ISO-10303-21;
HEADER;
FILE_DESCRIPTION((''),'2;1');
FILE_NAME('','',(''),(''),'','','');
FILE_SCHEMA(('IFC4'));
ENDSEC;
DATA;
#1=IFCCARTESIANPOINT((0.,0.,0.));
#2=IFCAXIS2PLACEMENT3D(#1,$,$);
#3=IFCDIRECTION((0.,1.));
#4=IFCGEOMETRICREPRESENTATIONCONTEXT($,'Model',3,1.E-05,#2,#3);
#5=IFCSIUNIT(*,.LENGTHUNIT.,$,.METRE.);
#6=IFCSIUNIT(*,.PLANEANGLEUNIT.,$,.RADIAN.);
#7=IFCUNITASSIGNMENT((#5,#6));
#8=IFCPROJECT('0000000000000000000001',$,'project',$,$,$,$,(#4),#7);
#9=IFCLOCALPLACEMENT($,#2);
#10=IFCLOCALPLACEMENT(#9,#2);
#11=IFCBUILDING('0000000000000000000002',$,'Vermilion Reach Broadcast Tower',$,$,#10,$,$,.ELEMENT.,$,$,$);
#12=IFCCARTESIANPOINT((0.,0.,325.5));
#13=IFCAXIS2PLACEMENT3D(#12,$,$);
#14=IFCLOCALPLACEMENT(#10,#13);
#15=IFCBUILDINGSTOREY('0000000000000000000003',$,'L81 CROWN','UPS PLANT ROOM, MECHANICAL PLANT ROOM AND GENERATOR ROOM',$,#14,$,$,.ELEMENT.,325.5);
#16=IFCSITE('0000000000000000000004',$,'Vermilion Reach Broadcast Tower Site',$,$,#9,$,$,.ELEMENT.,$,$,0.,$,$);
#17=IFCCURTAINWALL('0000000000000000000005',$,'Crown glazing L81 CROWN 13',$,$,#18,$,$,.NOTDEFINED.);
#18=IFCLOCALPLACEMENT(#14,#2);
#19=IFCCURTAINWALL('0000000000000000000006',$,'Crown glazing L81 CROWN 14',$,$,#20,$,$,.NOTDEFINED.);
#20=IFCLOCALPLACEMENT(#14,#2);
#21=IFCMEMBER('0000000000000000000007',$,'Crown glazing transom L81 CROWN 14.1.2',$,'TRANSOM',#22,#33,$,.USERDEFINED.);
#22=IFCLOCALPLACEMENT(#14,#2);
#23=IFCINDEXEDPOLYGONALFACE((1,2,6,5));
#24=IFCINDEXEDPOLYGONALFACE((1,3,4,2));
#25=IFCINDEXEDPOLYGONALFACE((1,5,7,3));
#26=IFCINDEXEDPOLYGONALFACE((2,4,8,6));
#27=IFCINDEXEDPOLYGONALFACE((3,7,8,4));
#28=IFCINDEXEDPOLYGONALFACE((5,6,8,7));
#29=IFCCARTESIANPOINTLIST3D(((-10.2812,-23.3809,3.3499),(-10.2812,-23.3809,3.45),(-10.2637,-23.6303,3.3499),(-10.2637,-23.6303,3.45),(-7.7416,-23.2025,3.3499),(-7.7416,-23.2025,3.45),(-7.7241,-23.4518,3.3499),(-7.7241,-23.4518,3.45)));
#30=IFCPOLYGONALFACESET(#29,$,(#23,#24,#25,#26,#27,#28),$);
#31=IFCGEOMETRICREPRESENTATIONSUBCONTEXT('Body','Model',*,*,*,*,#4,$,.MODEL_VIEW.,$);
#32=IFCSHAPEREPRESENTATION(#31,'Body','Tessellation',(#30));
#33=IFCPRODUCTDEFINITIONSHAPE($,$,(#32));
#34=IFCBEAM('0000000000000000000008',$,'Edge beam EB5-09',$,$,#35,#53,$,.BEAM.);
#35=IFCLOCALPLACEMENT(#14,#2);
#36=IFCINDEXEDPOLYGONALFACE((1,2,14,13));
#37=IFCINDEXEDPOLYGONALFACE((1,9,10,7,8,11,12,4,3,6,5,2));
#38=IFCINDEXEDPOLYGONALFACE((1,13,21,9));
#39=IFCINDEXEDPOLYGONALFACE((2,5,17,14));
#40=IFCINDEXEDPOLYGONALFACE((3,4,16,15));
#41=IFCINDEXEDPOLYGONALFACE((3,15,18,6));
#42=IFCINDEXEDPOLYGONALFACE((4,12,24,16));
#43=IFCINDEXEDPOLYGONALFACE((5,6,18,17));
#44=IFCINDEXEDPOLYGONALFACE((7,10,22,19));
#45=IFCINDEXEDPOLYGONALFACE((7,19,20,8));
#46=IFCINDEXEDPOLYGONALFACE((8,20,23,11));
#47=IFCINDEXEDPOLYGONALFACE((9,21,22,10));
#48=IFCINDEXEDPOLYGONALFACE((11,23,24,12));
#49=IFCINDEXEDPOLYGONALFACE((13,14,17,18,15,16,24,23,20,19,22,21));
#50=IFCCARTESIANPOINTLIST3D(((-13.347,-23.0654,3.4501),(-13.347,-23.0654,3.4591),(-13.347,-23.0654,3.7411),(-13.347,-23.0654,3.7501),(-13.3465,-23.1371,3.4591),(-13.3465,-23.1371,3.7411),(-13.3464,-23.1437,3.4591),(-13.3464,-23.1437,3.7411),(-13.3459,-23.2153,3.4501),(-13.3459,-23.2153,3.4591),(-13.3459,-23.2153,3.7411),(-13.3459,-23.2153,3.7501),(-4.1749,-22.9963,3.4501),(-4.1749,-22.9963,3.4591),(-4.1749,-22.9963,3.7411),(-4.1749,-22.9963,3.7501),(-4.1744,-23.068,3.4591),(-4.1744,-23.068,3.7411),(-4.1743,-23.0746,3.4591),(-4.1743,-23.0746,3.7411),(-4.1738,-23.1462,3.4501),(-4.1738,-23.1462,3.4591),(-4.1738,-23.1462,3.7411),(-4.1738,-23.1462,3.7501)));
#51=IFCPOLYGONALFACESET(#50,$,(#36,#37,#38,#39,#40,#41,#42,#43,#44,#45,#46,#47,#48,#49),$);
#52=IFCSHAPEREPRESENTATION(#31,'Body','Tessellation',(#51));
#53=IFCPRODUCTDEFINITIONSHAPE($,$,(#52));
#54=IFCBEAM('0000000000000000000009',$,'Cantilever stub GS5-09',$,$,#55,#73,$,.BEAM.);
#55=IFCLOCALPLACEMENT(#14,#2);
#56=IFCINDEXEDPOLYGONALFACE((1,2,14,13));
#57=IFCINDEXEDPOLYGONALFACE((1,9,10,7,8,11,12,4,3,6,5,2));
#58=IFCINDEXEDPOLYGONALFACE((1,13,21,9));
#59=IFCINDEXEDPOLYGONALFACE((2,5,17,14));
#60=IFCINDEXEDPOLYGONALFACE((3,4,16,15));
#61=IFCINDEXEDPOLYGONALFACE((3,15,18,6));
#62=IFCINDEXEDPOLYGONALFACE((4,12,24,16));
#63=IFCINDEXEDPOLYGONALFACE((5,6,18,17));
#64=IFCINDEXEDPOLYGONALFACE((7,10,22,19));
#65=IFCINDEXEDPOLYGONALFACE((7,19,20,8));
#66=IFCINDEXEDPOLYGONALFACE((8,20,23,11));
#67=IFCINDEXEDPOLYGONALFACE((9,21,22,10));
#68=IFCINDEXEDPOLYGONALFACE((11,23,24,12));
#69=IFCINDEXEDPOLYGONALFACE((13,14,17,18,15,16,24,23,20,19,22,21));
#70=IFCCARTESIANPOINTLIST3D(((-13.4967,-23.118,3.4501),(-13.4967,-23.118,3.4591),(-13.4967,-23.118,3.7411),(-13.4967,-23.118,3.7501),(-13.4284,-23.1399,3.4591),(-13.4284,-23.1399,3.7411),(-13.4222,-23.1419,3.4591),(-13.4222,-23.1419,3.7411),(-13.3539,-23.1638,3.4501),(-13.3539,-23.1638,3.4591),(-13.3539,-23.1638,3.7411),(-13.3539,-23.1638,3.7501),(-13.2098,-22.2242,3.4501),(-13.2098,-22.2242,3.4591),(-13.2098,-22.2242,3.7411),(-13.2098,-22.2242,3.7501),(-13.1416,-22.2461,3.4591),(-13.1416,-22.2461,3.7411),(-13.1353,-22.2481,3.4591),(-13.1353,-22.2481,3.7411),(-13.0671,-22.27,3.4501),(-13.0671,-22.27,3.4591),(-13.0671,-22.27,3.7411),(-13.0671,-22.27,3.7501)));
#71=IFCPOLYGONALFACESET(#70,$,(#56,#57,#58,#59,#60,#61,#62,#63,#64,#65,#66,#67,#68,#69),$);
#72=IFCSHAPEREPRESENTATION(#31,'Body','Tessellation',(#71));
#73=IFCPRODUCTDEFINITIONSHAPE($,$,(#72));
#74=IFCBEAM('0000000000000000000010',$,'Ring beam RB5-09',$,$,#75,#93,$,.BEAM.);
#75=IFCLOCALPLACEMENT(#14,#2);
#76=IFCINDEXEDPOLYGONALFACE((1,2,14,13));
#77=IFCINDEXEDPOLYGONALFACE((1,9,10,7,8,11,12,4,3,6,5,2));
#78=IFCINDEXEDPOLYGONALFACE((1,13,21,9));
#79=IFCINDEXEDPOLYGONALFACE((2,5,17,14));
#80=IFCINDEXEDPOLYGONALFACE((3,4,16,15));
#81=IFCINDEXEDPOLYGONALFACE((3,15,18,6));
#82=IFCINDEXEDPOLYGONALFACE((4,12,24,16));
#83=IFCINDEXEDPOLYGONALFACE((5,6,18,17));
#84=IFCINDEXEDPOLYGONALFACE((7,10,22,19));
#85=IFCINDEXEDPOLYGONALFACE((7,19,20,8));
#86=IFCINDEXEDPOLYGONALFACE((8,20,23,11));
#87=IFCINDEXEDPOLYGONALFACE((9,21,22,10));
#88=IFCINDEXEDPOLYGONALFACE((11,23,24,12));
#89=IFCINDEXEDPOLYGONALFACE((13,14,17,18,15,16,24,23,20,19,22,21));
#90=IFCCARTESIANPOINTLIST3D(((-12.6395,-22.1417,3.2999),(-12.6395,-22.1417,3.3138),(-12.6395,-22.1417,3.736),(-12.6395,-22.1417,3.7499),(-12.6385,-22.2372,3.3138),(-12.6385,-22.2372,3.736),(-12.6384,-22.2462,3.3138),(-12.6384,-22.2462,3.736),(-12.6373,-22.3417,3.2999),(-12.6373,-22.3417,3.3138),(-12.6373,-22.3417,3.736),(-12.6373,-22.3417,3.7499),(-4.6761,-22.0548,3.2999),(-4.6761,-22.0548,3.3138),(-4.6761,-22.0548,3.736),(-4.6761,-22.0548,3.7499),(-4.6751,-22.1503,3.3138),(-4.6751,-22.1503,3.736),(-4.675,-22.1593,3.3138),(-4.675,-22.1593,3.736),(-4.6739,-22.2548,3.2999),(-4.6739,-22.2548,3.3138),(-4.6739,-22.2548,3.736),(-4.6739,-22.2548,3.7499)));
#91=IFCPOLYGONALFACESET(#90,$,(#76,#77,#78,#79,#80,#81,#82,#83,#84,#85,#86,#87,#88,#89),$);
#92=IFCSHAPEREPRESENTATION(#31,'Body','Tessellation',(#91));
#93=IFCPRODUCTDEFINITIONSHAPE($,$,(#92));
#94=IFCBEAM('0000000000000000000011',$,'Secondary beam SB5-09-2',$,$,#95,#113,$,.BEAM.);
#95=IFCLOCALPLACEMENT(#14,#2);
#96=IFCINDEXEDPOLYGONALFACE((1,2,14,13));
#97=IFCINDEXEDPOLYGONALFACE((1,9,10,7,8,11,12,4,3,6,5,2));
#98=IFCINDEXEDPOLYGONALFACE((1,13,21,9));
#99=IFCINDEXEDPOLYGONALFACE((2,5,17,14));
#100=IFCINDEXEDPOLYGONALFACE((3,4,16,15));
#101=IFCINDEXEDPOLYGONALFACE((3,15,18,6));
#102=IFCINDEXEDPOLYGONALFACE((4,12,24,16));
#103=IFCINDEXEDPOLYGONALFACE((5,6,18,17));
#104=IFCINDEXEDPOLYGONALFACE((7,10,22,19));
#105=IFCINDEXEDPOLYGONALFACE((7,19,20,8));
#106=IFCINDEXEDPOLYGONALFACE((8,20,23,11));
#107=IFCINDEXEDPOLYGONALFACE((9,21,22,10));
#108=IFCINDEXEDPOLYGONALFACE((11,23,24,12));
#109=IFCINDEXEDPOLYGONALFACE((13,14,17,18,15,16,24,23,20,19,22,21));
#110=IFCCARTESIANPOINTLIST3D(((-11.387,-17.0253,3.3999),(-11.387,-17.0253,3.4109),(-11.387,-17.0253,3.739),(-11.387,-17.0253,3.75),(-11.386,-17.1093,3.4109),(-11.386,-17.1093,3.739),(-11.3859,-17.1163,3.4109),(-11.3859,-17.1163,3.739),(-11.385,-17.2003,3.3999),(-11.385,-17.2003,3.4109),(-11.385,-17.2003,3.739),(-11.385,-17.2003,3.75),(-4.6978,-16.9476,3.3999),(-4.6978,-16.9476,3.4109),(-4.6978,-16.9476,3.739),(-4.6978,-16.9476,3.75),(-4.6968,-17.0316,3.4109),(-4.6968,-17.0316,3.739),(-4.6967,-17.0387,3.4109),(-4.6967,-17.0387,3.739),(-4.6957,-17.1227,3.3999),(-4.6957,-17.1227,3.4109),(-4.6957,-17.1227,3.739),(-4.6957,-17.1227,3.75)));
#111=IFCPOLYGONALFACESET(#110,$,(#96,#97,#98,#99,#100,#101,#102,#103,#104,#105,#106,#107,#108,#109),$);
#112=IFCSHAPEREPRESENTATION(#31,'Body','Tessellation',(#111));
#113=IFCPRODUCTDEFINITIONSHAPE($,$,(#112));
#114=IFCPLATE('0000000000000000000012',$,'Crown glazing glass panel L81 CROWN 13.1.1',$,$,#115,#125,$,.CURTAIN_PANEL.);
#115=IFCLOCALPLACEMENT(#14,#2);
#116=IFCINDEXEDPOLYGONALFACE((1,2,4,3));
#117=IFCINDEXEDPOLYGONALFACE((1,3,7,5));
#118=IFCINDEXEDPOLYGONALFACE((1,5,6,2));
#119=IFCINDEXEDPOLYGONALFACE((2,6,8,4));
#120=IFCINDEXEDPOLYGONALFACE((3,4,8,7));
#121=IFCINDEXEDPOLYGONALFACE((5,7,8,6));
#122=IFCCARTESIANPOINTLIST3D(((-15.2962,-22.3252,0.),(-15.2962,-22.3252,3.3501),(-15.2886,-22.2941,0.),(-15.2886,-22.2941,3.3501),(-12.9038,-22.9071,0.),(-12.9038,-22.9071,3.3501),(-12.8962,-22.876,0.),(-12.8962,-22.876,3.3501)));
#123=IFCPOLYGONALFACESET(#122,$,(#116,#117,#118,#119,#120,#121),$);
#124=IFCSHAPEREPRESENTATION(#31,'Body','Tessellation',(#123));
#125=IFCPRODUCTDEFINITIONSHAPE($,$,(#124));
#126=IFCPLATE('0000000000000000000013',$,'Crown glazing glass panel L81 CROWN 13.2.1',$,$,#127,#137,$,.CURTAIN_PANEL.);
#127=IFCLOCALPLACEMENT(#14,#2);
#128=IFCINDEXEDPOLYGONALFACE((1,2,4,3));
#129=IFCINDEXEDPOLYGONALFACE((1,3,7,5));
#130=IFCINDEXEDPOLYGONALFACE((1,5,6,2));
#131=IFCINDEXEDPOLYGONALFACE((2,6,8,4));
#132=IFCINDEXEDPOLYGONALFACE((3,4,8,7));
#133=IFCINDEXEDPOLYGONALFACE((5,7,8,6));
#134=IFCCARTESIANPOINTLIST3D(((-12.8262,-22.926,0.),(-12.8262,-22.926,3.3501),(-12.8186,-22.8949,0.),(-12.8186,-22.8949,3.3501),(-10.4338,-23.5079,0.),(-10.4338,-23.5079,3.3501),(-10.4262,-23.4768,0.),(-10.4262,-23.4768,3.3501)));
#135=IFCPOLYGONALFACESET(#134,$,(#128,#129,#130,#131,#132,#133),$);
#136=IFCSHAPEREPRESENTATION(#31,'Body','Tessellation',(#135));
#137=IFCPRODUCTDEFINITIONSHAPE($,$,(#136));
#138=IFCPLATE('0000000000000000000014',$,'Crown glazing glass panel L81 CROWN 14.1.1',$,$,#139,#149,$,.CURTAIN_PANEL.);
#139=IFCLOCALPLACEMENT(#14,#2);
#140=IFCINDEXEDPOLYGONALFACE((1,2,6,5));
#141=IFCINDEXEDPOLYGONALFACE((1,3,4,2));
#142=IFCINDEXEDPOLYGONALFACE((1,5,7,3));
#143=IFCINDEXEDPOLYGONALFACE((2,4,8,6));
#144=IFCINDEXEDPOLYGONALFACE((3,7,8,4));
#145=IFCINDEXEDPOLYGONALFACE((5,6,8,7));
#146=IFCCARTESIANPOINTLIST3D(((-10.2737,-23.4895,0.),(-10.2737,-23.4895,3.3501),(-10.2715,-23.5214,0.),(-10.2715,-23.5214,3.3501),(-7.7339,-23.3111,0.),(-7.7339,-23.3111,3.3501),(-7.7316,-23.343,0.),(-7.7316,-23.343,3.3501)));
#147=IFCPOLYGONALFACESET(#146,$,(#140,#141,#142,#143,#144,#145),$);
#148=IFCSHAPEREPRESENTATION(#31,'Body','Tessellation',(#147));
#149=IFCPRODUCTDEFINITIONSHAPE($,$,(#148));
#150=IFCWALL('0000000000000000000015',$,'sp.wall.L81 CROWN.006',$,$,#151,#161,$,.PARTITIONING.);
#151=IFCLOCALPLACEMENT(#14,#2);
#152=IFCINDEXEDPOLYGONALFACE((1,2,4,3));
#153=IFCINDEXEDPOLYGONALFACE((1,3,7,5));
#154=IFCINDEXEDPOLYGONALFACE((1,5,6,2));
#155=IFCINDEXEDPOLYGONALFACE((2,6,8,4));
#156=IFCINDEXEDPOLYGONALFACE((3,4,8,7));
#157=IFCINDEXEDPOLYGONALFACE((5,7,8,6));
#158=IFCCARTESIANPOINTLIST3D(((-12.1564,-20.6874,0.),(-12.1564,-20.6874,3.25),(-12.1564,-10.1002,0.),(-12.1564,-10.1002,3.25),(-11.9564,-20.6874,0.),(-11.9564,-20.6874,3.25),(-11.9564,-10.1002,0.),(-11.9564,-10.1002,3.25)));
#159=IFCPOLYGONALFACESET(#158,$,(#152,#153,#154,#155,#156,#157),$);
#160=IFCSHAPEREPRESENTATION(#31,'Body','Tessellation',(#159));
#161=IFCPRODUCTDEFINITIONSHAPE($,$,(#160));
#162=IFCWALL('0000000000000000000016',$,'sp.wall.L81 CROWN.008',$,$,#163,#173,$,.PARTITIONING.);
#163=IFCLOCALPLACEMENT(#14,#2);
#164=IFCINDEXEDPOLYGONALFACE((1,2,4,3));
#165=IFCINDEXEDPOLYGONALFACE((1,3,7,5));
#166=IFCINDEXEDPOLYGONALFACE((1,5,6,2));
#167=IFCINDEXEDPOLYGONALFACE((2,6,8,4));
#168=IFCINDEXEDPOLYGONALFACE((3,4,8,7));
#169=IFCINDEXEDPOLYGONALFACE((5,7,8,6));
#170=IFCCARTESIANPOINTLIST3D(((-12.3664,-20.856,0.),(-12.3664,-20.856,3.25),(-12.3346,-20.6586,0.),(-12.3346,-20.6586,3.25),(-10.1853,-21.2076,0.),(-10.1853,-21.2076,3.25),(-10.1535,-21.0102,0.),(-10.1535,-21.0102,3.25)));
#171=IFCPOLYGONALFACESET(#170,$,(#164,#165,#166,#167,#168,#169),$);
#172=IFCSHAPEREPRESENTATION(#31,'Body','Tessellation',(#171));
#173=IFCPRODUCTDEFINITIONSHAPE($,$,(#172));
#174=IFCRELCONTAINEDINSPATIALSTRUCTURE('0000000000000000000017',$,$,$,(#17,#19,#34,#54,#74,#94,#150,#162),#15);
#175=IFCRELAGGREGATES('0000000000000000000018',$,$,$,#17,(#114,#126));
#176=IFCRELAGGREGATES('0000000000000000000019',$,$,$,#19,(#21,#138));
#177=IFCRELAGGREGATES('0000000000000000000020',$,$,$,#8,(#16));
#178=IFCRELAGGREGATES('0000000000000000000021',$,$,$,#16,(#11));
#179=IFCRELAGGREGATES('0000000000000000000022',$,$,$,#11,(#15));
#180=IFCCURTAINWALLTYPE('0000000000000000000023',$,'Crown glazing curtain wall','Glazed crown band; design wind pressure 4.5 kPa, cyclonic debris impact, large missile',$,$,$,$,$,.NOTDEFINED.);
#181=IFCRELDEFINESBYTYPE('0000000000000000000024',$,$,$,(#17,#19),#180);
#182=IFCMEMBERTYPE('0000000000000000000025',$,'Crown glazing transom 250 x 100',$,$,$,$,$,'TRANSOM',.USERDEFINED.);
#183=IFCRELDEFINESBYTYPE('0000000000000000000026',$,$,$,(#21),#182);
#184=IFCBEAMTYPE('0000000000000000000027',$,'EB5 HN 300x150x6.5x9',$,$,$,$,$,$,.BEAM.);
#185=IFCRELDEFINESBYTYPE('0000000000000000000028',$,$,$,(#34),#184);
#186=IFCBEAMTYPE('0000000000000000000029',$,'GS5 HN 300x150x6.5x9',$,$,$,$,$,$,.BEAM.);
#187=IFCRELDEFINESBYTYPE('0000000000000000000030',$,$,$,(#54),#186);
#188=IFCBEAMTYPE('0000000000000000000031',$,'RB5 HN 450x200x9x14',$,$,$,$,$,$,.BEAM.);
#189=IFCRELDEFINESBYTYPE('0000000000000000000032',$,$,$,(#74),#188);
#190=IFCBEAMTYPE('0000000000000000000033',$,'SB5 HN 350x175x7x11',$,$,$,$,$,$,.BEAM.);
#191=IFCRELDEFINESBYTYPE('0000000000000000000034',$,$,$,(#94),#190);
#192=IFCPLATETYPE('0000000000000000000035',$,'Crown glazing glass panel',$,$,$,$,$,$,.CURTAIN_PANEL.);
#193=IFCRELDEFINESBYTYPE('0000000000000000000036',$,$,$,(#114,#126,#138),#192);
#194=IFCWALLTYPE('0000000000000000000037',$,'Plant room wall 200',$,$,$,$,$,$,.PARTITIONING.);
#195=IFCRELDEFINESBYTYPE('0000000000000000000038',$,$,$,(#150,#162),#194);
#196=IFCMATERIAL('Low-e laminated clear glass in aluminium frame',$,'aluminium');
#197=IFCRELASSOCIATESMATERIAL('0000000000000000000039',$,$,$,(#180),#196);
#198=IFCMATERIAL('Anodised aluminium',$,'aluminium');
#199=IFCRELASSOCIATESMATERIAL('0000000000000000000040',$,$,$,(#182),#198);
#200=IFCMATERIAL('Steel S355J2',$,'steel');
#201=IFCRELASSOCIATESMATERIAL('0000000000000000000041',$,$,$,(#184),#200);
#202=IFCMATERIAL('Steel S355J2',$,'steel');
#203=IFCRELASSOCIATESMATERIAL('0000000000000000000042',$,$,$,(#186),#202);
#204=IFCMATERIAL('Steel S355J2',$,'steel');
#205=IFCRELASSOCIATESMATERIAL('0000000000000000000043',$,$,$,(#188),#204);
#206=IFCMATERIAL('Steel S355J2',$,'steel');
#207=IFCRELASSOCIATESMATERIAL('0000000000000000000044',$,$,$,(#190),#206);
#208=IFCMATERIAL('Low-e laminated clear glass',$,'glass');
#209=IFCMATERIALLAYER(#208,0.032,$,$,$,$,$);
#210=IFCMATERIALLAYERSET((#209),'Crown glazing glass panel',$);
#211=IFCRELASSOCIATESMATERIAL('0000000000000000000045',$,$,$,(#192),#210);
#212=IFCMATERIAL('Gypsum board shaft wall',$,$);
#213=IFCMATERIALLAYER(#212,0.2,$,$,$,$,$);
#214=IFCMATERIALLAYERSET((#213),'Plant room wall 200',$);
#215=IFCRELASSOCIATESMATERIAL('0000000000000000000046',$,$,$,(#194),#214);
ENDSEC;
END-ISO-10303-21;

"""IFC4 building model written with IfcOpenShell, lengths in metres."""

from ifc_helpers import new_model, si_unit, direction, frame, frame_2d, origin, origin_2d, place, context, subcontext, project, spatial, rectangle, i_section, extrude, material, layer, layer_set, material_profile, profile_set, type_object, element, aggregate, save


model = new_model("IFC4")

# Units and contexts
model_context = context("Model", 3, precision=1e-05, world=origin(), true_north=direction((0.0, 1.0)))
body_context = subcontext(model_context, "Body", "Model", "MODEL_VIEW")
ifc_project = project(units=[si_unit("LENGTHUNIT", "METRE"), si_unit("PLANEANGLEUNIT", "RADIAN")], contexts=[model_context])

# Site, building, storey
site_placement = place(None, origin())
site = spatial("IfcSite", under=ifc_project, at=site_placement, Name="Vermilion Reach Broadcast Tower Site", CompositionType="ELEMENT", RefElevation=0.0)
building_placement = place(site_placement, origin())
building = spatial("IfcBuilding", under=site, at=building_placement, Name="Vermilion Reach Broadcast Tower", CompositionType="ELEMENT")
storey_placement = place(building_placement, frame((0.0, 0.0, 325.5)))
storey = spatial("IfcBuildingStorey", under=building, at=storey_placement, Name="L81 CROWN", Description="UPS PLANT ROOM, MECHANICAL PLANT ROOM AND GENERATOR ROOM", CompositionType="ELEMENT", Elevation=325.5)

# Shared definitions
ifc_material_1 = material(Name="Low-e laminated clear glass in aluminium frame", Category="aluminium")
curtain_wall_type = type_object("IfcCurtainWallType", Name="Crown glazing curtain wall", Description="Glazed crown band; design wind pressure 4.5 kPa, cyclonic debris impact, large missile", PredefinedType="NOTDEFINED", material=ifc_material_1)
placement = place(storey_placement, origin())

# Curtain walls
curtain_wall_1 = element("IfcCurtainWall", 1, at=placement, inside=storey, type_object=curtain_wall_type, Name="Crown glazing L81 CROWN 13", PredefinedType="NOTDEFINED")
curtain_wall_2 = element("IfcCurtainWall", 2, at=placement, inside=storey, type_object=curtain_wall_type, Name="Crown glazing L81 CROWN 14", PredefinedType="NOTDEFINED")

# Member
ifc_material_2 = material(Name="Anodised aluminium", Category="aluminium")
ifc_material_profile_1 = material_profile(ifc_material_2, rectangle(XDim=0.25, YDim=0.1001, at=origin_2d()), Name="Crown glazing transom 250 x 100")
ifc_profile_set_1 = profile_set([ifc_material_profile_1], Name="Anodised aluminium")
member_type_1 = type_object("IfcMemberType", Name="Crown glazing transom 250 x 100", ElementType="TRANSOM", PredefinedType="USERDEFINED", material=ifc_profile_set_1)
member_1_placement = place(storey_placement, frame((-10.2725, -23.5056, 3.3999), z_axis=(0.99754, 0.070102, 0.0), x_axis=(-0.070102, 0.99754, 0.0)))
member_1 = element("IfcMember", 3, at=member_1_placement, type_object=member_type_1, Name="Crown glazing transom L81 CROWN 14.1.2", ObjectType="TRANSOM", PredefinedType="USERDEFINED", context=body_context, shape_type="SweptSolid", body=[
    extrude(rectangle(XDim=0.25, YDim=0.1001, at=origin_2d()), origin(), (0.0, 0.0, 1.0), 2.5459),
])

# Beams
ifc_material_3 = material(Name="Steel S355J2", Category="steel")
ifc_material_profile_2 = material_profile(ifc_material_3, i_section(OverallWidth=0.1499, OverallDepth=0.3, WebThickness=0.0066, FlangeThickness=0.009, at=origin_2d()), Name="S355J2 HN 300x150x6.5x9")
ifc_profile_set_2 = profile_set([ifc_material_profile_2], Name="Steel S355J2")
beam_type_1 = type_object("IfcBeamType", Name="EB5 HN 300x150x6.5x9", PredefinedType="BEAM", material=ifc_profile_set_2)
beam_1_placement = place(storey_placement, frame((-13.3464, -23.1404, 3.6001), z_axis=(0.999972, 0.007533, 0.0), x_axis=(-0.007533, 0.999972, 0.0)))
element("IfcBeam", 4, at=beam_1_placement, inside=storey, type_object=beam_type_1, Name="Edge beam EB5-09", PredefinedType="BEAM", context=body_context, shape_type="SweptSolid", body=[
    extrude(i_section(OverallWidth=0.1499, OverallDepth=0.3, WebThickness=0.0066, FlangeThickness=0.009, at=origin_2d()), origin(), (0.0, 0.0, 1.0), 9.1724),
])
ifc_material_4 = material(Name="Steel S355J2", Category="steel")
ifc_material_profile_3 = material_profile(ifc_material_4, i_section(OverallWidth=0.1499, OverallDepth=0.3, WebThickness=0.0066, FlangeThickness=0.009, at=origin_2d()), Name="S355J2 HN 300x150x6.5x9")
ifc_profile_set_3 = profile_set([ifc_material_profile_3], Name="Steel S355J2")
beam_type_2 = type_object("IfcBeamType", Name="GS5 HN 300x150x6.5x9", PredefinedType="BEAM", material=ifc_profile_set_3)
beam_2_placement = place(storey_placement, frame((-13.1384, -22.2471, 3.6001), z_axis=(-0.305597, -0.952161, 0.0), x_axis=(0.952161, -0.305597, 0.0)))
element("IfcBeam", 5, at=beam_2_placement, inside=storey, type_object=beam_type_2, Name="Cantilever stub GS5-09", PredefinedType="BEAM", context=body_context, shape_type="SweptSolid", body=[
    extrude(i_section(OverallWidth=0.1499, OverallDepth=0.3, WebThickness=0.0066, FlangeThickness=0.009, at=origin_2d()), origin(), (0.0, 0.0, 1.0), 0.9387),
])
ifc_material_5 = material(Name="Steel S355J2", Category="steel")
ifc_material_profile_4 = material_profile(ifc_material_5, i_section(OverallWidth=0.2, OverallDepth=0.45, WebThickness=0.009, FlangeThickness=0.0139, at=origin_2d()), Name="S355J2 HN 450x200x9x14")
ifc_profile_set_4 = profile_set([ifc_material_profile_4], Name="Steel S355J2")
beam_type_3 = type_object("IfcBeamType", Name="RB5 HN 450x200x9x14", PredefinedType="BEAM", material=ifc_profile_set_4)
beam_3_placement = place(storey_placement, frame((-12.6384, -22.2417, 3.5249), z_axis=(0.99994, 0.010914, 0.0), x_axis=(-0.010914, 0.99994, 0.0)))
element("IfcBeam", 6, at=beam_3_placement, inside=storey, type_object=beam_type_3, Name="Ring beam RB5-09", PredefinedType="BEAM", context=body_context, shape_type="SweptSolid", body=[
    extrude(i_section(OverallWidth=0.2, OverallDepth=0.45, WebThickness=0.009, FlangeThickness=0.0139, at=origin_2d()), origin(), (0.0, 0.0, 1.0), 7.9639),
])
ifc_material_6 = material(Name="Steel S355J2", Category="steel")
ifc_material_profile_5 = material_profile(ifc_material_6, i_section(OverallWidth=0.175, OverallDepth=0.3501, WebThickness=0.0071, FlangeThickness=0.011, at=origin_2d()), Name="S355J2 HN 350x175x7x11")
ifc_profile_set_5 = profile_set([ifc_material_profile_5], Name="Steel S355J2")
beam_type_4 = type_object("IfcBeamType", Name="SB5 HN 350x175x7x11", PredefinedType="BEAM", material=ifc_profile_set_5)
beam_4_placement = place(storey_placement, frame((-11.386, -17.1128, 3.575), z_axis=(0.999933, 0.011605, 0.0), x_axis=(-0.011605, 0.999933, 0.0)))
element("IfcBeam", 7, at=beam_4_placement, inside=storey, type_object=beam_type_4, Name="Secondary beam SB5-09-2", PredefinedType="BEAM", context=body_context, shape_type="SweptSolid", body=[
    extrude(i_section(OverallWidth=0.175, OverallDepth=0.3501, WebThickness=0.0071, FlangeThickness=0.011, at=origin_2d()), origin(), (0.0, 0.0, 1.0), 6.6897),
])

# Plates
ifc_material_7 = material(Name="Low-e laminated clear glass", Category="glass")
ifc_layer_1 = layer(ifc_material_7, 0.032)
ifc_layer_set_1 = layer_set([ifc_layer_1], Name="Crown glazing glass panel")
plate_type = type_object("IfcPlateType", Name="Crown glazing glass panel", PredefinedType="CURTAIN_PANEL", material=ifc_layer_set_1)
plate_1_placement = place(storey_placement, frame((-14.0962, -22.6006, 0.0), z_axis=(0.0, 0.0, 1.0), x_axis=(0.971667, -0.236354, 0.0)))
plate_1 = element("IfcPlate", 8, at=plate_1_placement, type_object=plate_type, Name="Crown glazing glass panel L81 CROWN 13.1.1", PredefinedType="CURTAIN_PANEL", context=body_context, shape_type="SweptSolid", body=[
    extrude(rectangle(XDim=2.4622, YDim=0.032, at=origin_2d()), origin(), (0.0, 0.0, 1.0), 3.3501),
])
plate_2_placement = place(storey_placement, frame((-11.6262, -23.2014, 0.0), z_axis=(0.0, 0.0, 1.0), x_axis=(0.971667, -0.236354, 0.0)))
plate_2 = element("IfcPlate", 9, at=plate_2_placement, type_object=plate_type, Name="Crown glazing glass panel L81 CROWN 13.2.1", PredefinedType="CURTAIN_PANEL", context=body_context, shape_type="SweptSolid", body=[
    extrude(rectangle(XDim=2.4622, YDim=0.032, at=origin_2d()), origin(), (0.0, 0.0, 1.0), 3.3501),
])
aggregate(curtain_wall_1, [plate_1, plate_2])
plate_3_placement = place(storey_placement, frame((-9.0027, -23.4163, 0.0), z_axis=(0.0, 0.0, 1.0), x_axis=(0.997541, 0.070082, 0.0)))
plate_3 = element("IfcPlate", 10, at=plate_3_placement, type_object=plate_type, Name="Crown glazing glass panel L81 CROWN 14.1.1", PredefinedType="CURTAIN_PANEL", context=body_context, shape_type="SweptSolid", body=[
    extrude(rectangle(XDim=2.5461, YDim=0.032, at=origin_2d()), origin(), (0.0, 0.0, 1.0), 3.3501),
])
aggregate(curtain_wall_2, [member_1, plate_3])

# Walls
ifc_material_8 = material(Name="Gypsum board shaft wall")
ifc_layer_2 = layer(ifc_material_8, 0.2)
ifc_layer_set_2 = layer_set([ifc_layer_2], Name="Plant room wall 200")
wall_type = type_object("IfcWallType", Name="Plant room wall 200", PredefinedType="PARTITIONING", material=ifc_layer_set_2)
wall_1_placement = place(storey_placement, frame((-12.0564, -20.6873, 0.0), z_axis=(0.0, 0.0, 1.0), x_axis=(0.0, 1.0, 0.0)))
element("IfcWall", 11, at=wall_1_placement, inside=storey, type_object=wall_type, Name="sp.wall.L81 CROWN.006", PredefinedType="PARTITIONING", context=body_context, shape_type="SweptSolid", body=[
    extrude(rectangle(XDim=10.5872, YDim=0.2, at=frame_2d((5.2935, 0.0))), origin(), (0.0, 0.0, 1.0), 3.25),
])
wall_2_placement = place(storey_placement, frame((-12.3503, -20.7573, 0.0), z_axis=(0.0, 0.0, 1.0), x_axis=(0.987258, -0.159128, 0.0)))
element("IfcWall", 12, at=wall_2_placement, inside=storey, type_object=wall_type, Name="sp.wall.L81 CROWN.008", PredefinedType="PARTITIONING", context=body_context, shape_type="SweptSolid", body=[
    extrude(rectangle(XDim=2.2092, YDim=0.2, at=frame_2d((1.1045, 0.0))), origin(), (0.0, 0.0, 1.0), 3.25),
])

save(model, "model.ifc")
